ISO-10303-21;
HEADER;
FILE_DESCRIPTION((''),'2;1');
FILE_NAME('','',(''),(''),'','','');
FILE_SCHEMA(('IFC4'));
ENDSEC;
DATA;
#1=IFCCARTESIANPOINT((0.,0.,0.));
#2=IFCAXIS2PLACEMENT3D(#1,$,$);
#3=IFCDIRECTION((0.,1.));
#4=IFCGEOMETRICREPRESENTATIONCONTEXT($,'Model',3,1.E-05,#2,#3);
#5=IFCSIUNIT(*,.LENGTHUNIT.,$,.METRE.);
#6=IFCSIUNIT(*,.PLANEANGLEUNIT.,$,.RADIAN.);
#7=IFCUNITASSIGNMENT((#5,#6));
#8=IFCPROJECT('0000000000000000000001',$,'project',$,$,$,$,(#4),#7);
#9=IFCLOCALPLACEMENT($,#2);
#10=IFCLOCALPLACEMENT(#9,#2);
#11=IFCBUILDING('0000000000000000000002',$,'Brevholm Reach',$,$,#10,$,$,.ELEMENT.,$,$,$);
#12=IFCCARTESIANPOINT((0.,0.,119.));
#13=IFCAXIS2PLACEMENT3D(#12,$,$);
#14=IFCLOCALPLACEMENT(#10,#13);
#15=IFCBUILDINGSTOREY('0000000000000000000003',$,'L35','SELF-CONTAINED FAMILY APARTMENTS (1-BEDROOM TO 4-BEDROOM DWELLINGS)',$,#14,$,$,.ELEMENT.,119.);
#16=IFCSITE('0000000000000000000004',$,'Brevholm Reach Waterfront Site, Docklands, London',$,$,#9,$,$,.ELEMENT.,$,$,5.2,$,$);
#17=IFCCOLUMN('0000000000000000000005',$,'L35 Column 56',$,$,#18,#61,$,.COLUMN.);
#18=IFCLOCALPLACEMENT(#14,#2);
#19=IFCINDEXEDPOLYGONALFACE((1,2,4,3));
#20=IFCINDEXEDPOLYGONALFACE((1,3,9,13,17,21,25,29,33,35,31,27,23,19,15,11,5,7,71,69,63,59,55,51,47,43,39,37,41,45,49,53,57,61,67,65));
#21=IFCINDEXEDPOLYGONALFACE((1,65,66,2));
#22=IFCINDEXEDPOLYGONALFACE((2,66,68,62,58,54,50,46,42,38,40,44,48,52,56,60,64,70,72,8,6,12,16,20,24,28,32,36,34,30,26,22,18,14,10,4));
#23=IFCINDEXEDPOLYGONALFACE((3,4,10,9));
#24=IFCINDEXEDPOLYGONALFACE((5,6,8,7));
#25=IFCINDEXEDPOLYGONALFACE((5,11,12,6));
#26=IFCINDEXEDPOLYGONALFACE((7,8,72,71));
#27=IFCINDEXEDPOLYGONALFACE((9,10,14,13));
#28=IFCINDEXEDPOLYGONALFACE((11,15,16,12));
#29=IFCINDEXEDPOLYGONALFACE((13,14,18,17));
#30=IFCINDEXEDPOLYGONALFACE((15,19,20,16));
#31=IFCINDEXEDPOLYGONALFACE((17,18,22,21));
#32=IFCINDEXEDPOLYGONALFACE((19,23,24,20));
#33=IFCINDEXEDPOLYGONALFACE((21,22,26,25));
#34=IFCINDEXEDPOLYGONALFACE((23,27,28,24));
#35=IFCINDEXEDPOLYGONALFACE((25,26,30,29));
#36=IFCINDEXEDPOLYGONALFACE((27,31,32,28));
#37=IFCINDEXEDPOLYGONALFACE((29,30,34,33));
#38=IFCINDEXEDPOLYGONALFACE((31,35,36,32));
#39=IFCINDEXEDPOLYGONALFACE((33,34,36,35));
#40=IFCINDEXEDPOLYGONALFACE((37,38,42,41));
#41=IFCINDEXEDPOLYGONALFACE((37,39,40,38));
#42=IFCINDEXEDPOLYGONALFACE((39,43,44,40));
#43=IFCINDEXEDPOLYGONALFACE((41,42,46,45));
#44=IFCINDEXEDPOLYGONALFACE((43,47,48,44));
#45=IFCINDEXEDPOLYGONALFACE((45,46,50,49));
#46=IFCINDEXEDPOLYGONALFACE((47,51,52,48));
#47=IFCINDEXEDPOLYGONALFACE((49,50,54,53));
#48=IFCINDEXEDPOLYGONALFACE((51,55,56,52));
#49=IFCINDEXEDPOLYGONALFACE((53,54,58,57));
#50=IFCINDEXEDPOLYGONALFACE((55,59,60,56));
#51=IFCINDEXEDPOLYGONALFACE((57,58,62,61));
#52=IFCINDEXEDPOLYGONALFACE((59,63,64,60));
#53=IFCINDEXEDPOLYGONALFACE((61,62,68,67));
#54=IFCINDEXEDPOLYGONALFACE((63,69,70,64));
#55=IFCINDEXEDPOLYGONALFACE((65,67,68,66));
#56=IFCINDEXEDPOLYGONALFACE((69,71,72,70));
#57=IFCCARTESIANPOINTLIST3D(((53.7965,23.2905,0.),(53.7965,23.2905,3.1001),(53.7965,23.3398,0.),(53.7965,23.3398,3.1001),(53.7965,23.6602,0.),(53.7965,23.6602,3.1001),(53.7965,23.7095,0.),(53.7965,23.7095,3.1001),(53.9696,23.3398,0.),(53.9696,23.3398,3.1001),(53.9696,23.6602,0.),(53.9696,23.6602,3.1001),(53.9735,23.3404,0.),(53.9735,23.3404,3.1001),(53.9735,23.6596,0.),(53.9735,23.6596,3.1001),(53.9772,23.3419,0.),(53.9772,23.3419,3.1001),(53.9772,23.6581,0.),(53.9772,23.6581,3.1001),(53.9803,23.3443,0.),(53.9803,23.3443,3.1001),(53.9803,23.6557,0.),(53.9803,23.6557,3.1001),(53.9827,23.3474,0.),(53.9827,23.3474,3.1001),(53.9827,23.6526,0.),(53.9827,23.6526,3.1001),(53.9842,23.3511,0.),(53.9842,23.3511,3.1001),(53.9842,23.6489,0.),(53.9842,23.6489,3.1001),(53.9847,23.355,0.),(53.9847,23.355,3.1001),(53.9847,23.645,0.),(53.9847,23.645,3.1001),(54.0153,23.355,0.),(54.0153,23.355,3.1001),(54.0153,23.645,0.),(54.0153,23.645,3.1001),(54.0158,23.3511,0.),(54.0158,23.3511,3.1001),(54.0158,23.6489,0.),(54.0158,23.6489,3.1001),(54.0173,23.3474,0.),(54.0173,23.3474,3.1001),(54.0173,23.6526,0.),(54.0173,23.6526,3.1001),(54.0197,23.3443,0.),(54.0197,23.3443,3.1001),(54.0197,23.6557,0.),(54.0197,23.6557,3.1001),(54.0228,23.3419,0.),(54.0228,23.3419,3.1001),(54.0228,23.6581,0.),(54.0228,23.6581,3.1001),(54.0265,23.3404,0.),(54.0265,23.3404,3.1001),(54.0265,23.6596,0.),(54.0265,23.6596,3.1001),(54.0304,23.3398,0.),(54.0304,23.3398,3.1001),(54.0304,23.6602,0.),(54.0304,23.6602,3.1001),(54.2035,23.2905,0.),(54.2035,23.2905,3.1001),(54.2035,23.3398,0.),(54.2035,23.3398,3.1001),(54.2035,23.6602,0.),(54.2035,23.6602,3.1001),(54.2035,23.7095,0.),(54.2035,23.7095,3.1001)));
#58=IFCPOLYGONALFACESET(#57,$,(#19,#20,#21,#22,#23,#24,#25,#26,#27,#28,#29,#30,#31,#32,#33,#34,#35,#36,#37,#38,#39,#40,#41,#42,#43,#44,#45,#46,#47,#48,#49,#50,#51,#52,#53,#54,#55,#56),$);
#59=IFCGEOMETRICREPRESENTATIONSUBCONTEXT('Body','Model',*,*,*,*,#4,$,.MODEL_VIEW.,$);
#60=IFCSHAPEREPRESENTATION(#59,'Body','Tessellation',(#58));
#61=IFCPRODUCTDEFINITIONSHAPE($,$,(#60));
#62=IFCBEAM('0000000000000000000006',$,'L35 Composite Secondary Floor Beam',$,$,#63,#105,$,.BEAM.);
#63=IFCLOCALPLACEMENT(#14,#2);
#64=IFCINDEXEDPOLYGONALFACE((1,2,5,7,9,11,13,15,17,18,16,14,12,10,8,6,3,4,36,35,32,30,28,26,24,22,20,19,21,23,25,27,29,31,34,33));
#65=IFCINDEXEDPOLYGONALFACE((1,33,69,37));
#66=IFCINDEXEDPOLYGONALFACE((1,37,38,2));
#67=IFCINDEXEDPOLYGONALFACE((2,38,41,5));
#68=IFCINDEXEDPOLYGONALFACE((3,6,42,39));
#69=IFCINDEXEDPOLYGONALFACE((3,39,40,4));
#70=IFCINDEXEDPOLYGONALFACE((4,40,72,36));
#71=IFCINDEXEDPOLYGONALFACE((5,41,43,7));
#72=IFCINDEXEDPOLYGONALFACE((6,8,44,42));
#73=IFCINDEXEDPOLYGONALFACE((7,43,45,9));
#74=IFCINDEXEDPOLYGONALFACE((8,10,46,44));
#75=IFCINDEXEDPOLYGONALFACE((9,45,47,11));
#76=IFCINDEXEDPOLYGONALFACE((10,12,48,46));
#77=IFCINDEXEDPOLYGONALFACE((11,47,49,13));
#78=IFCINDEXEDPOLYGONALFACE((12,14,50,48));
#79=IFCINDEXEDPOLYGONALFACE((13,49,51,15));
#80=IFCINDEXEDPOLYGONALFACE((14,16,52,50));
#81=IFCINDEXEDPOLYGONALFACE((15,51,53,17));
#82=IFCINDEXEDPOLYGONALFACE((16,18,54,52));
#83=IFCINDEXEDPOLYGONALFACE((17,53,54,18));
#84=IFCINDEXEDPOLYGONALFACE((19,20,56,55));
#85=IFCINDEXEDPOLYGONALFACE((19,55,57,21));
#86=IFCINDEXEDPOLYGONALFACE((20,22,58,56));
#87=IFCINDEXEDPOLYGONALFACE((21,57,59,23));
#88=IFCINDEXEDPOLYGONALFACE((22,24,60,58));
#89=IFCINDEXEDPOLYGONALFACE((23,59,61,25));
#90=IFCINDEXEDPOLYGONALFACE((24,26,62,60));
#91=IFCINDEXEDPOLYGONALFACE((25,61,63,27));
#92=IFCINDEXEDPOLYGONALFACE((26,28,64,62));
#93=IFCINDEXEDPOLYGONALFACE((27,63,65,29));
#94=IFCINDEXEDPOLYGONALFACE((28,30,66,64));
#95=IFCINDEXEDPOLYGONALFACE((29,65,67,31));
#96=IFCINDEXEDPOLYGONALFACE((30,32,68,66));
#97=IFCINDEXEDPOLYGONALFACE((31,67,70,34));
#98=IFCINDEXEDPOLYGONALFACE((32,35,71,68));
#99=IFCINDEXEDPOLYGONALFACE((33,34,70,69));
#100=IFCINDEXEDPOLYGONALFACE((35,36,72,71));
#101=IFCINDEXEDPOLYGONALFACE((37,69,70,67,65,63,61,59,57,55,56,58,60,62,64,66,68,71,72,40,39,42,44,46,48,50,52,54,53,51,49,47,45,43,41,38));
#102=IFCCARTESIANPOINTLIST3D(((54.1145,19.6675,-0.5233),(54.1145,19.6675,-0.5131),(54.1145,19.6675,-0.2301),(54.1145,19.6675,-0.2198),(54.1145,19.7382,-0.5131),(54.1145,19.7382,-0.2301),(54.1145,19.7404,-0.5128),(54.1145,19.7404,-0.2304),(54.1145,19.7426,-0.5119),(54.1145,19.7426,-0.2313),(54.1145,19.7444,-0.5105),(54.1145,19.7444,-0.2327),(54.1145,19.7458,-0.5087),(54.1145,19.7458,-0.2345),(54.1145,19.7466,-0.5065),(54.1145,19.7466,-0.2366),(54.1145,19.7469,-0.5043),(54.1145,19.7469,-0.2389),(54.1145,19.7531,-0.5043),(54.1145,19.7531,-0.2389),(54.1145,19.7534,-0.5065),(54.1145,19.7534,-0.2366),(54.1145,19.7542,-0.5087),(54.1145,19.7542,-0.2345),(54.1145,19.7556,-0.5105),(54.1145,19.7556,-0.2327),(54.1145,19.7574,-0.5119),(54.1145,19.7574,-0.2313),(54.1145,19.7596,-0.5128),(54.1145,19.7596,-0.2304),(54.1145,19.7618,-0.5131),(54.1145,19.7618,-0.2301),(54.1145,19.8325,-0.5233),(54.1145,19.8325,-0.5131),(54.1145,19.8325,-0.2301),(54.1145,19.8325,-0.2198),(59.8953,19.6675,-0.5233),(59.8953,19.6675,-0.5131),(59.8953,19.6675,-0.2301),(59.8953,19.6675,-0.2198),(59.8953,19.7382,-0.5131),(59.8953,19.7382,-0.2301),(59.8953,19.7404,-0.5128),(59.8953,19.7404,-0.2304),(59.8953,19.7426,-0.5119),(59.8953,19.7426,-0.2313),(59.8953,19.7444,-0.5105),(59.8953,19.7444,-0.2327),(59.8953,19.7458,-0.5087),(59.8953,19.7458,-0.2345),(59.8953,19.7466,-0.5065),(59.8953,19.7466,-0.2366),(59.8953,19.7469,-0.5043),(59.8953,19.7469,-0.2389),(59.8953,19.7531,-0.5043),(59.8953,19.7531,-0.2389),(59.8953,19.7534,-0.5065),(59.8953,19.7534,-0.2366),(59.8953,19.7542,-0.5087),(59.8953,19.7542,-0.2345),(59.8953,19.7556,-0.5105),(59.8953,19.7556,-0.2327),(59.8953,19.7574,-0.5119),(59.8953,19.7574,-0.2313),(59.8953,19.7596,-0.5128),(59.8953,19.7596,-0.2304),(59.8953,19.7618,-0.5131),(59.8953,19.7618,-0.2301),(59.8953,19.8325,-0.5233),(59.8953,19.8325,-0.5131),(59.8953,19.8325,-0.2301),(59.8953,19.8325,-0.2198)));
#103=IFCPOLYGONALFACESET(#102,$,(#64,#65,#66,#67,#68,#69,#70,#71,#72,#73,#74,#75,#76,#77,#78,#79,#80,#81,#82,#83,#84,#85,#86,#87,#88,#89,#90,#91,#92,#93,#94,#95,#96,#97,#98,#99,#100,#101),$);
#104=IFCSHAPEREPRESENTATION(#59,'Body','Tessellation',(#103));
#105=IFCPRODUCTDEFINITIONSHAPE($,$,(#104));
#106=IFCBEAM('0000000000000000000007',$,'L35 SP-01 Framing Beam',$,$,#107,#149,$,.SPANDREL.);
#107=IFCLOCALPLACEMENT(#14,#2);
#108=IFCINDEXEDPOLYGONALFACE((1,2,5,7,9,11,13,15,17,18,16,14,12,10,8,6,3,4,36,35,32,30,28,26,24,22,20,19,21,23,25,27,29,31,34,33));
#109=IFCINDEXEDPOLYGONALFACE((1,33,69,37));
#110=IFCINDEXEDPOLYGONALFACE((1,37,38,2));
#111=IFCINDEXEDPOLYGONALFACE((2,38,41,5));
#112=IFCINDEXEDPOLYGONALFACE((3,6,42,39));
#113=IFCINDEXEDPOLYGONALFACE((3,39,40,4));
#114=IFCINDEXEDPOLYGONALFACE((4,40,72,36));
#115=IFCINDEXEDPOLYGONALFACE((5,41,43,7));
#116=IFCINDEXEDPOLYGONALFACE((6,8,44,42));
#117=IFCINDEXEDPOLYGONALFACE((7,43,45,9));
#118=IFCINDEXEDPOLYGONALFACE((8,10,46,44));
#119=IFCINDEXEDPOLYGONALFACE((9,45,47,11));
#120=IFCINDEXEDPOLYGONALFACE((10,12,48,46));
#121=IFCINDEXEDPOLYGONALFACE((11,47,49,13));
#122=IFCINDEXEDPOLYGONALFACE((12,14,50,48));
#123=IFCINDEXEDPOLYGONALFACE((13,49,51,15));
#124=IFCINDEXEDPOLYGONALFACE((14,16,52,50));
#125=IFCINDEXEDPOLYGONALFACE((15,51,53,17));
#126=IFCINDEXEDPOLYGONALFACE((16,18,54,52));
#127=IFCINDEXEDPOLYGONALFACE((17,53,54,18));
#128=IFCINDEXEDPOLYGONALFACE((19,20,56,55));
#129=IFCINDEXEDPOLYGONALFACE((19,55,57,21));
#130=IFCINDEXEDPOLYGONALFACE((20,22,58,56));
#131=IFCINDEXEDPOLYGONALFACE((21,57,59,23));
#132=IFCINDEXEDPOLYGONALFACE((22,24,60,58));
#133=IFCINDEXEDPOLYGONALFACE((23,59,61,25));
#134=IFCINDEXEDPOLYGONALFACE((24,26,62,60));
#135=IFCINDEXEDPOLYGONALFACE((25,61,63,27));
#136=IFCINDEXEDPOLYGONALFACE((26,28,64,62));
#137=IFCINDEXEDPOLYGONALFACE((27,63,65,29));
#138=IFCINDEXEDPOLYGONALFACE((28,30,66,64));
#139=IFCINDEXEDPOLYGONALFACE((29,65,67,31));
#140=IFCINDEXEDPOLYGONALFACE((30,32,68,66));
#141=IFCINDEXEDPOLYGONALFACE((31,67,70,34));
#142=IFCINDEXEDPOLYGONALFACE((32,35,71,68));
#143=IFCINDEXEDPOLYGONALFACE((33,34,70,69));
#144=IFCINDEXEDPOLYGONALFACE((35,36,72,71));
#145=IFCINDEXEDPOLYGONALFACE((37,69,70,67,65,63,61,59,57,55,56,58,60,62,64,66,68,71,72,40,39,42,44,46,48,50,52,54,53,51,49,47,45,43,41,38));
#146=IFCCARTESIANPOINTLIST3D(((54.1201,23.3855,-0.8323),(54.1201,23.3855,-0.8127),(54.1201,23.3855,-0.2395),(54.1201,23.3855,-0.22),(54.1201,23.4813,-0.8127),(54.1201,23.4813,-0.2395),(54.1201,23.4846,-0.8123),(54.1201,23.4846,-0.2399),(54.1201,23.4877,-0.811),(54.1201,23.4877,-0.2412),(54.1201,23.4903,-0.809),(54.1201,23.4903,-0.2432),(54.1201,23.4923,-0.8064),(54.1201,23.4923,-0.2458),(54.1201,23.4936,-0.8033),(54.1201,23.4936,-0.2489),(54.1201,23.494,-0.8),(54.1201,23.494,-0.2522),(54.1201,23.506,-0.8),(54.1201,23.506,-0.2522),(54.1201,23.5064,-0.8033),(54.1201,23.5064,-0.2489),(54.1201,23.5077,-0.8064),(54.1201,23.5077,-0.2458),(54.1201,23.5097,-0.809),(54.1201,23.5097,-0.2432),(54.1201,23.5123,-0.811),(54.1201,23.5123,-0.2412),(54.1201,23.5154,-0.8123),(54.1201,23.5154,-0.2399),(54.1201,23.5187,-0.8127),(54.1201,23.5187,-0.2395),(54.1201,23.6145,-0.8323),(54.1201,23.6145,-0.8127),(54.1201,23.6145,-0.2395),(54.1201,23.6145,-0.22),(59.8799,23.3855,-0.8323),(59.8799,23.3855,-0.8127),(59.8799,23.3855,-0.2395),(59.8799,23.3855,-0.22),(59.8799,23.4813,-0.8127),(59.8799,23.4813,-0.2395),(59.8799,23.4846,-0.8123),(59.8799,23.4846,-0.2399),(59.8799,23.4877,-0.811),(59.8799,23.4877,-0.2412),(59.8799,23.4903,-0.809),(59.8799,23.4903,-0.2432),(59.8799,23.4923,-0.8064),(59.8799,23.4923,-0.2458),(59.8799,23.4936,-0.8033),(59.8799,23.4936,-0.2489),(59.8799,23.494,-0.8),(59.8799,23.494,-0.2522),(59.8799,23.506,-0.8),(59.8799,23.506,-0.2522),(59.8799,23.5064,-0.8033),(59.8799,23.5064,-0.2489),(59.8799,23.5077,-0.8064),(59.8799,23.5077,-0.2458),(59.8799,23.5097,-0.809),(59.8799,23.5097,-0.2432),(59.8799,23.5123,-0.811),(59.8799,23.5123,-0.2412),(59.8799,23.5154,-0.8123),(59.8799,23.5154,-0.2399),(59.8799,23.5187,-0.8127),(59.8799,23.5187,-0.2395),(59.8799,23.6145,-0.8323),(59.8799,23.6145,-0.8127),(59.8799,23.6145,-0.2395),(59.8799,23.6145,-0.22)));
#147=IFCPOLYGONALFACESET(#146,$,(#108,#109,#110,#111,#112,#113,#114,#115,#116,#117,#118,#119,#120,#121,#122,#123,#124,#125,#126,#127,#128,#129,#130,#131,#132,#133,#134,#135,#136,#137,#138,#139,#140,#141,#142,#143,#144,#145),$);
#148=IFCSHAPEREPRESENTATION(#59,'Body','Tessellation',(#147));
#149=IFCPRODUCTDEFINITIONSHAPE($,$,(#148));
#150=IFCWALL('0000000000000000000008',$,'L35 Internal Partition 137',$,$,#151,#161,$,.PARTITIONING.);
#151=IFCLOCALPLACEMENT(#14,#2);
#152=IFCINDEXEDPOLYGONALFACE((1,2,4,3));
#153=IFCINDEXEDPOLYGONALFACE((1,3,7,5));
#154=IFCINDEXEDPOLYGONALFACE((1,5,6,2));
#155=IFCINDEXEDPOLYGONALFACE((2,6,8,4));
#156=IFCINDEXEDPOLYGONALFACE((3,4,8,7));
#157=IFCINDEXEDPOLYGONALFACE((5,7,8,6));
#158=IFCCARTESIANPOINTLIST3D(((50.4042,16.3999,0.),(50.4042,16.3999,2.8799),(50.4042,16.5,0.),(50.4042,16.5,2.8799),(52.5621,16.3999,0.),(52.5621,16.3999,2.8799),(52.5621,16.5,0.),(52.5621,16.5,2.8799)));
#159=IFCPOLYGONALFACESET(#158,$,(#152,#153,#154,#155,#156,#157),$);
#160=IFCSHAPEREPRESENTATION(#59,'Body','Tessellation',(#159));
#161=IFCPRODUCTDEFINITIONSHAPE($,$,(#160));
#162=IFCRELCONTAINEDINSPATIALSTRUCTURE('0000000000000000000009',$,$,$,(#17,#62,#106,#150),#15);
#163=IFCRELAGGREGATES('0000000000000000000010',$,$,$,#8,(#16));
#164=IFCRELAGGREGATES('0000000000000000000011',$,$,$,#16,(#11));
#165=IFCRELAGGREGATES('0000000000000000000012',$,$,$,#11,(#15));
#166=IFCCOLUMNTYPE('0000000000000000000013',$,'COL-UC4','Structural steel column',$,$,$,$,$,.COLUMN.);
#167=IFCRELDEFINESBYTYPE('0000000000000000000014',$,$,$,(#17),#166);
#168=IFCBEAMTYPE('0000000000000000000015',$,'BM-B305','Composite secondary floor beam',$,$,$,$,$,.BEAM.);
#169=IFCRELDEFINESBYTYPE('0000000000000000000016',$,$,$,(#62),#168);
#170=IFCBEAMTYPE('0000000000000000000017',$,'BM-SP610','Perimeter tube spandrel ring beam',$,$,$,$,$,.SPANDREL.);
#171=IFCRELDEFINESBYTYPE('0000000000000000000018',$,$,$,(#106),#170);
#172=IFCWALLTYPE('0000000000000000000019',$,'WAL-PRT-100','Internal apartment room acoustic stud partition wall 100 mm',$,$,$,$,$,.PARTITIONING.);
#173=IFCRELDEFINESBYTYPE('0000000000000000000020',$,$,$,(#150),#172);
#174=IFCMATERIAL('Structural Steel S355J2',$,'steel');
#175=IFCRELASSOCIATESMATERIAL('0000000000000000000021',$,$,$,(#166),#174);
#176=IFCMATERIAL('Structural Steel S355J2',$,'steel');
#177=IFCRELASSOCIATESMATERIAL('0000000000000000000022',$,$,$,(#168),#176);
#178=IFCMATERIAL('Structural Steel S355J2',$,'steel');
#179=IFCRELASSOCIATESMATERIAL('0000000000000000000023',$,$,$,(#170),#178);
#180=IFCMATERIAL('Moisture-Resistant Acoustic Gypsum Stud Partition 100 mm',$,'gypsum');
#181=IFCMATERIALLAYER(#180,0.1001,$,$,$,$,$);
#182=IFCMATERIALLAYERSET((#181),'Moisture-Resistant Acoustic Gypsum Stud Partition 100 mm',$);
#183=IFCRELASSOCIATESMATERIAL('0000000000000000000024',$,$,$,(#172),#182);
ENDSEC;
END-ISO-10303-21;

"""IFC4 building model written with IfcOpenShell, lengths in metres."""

from ifc_helpers import new_model, si_unit, direction, frame, frame_2d, origin, origin_2d, place, context, subcontext, project, spatial, rectangle, i_section, extrude, material, layer, layer_set, material_profile, profile_set, type_object, element, save


model = new_model("IFC4")

# Units and contexts
model_context = context("Model", 3, precision=1e-05, world=origin(), true_north=direction((0.0, 1.0)))
body_context = subcontext(model_context, "Body", "Model", "MODEL_VIEW")
ifc_project = project(units=[si_unit("LENGTHUNIT", "METRE"), si_unit("PLANEANGLEUNIT", "RADIAN")], contexts=[model_context])

# Site, building, storey
site_placement = place(None, origin())
site = spatial("IfcSite", under=ifc_project, at=site_placement, Name="Brevholm Reach Waterfront Site, Docklands, London", CompositionType="ELEMENT", RefElevation=5.2)
building_placement = place(site_placement, origin())
building = spatial("IfcBuilding", under=site, at=building_placement, Name="Brevholm Reach", CompositionType="ELEMENT")
storey_placement = place(building_placement, frame((0.0, 0.0, 119.0)))
storey = spatial("IfcBuildingStorey", under=building, at=storey_placement, Name="L35", Description="SELF-CONTAINED FAMILY APARTMENTS (1-BEDROOM TO 4-BEDROOM DWELLINGS)", CompositionType="ELEMENT", Elevation=119.0)

# Column
ifc_material_1 = material(Name="Structural Steel S355J2", Category="steel")
ifc_material_profile_1 = material_profile(ifc_material_1, i_section(OverallWidth=0.407, OverallDepth=0.4189, WebThickness=0.0305, FlangeThickness=0.0493, FilletRadius=0.0151, at=origin_2d()), Name="UKC 356x406x393")
ifc_profile_set_1 = profile_set([ifc_material_profile_1], Name="Structural Steel S355J2")
column_type = type_object("IfcColumnType", Name="COL-UC4", Description="Structural steel column", PredefinedType="COLUMN", material=ifc_profile_set_1)
column_placement = place(storey_placement, frame((54.0, 23.5, 0.0), z_axis=(0.0, 0.0, 1.0), x_axis=(1.0, 0.0, 0.0)))
element("IfcColumn", 1, at=column_placement, inside=storey, type_object=column_type, Name="L35 Column 56", PredefinedType="COLUMN", context=body_context, shape_type="SweptSolid", body=[
    extrude(i_section(OverallWidth=0.407, OverallDepth=0.4189, WebThickness=0.0305, FlangeThickness=0.0493, FilletRadius=0.0151, at=origin_2d()), origin(), (0.0, 0.0, 1.0), 3.1001),
])

# Beams
ifc_material_2 = material(Name="Structural Steel S355J2", Category="steel")
ifc_material_profile_2 = material_profile(ifc_material_2, i_section(OverallWidth=0.165, OverallDepth=0.3035, WebThickness=0.0061, FlangeThickness=0.0103, FilletRadius=0.0088, at=origin_2d()), Name="UKB 305x165x40")
ifc_profile_set_2 = profile_set([ifc_material_profile_2], Name="Structural Steel S355J2")
beam_type_1 = type_object("IfcBeamType", Name="BM-B305", Description="Composite secondary floor beam", PredefinedType="BEAM", material=ifc_profile_set_2)
beam_1_placement = place(storey_placement, frame((54.1145, 19.75, -0.3716), z_axis=(1.0, 0.0, 0.0), x_axis=(0.0, 1.0, 0.0)))
element("IfcBeam", 2, at=beam_1_placement, inside=storey, type_object=beam_type_1, Name="L35 Composite Secondary Floor Beam", PredefinedType="BEAM", context=body_context, shape_type="SweptSolid", body=[
    extrude(i_section(OverallWidth=0.165, OverallDepth=0.3035, WebThickness=0.0061, FlangeThickness=0.0103, FilletRadius=0.0088, at=origin_2d()), origin(), (0.0, 0.0, 1.0), 5.7808),
])
ifc_material_3 = material(Name="Structural Steel S355J2", Category="steel")
ifc_material_profile_3 = material_profile(ifc_material_3, i_section(OverallWidth=0.229, OverallDepth=0.6123, WebThickness=0.012, FlangeThickness=0.0195, FilletRadius=0.0127, at=origin_2d()), Name="UKB 610x229x125")
ifc_profile_set_3 = profile_set([ifc_material_profile_3], Name="Structural Steel S355J2")
beam_type_2 = type_object("IfcBeamType", Name="BM-SP610", Description="Perimeter tube spandrel ring beam", PredefinedType="SPANDREL", material=ifc_profile_set_3)
beam_2_placement = place(storey_placement, frame((54.1201, 23.5, -0.5261), z_axis=(1.0, 0.0, 0.0), x_axis=(0.0, 1.0, 0.0)))
element("IfcBeam", 3, at=beam_2_placement, inside=storey, type_object=beam_type_2, Name="L35 SP-01 Framing Beam", PredefinedType="SPANDREL", context=body_context, shape_type="SweptSolid", body=[
    extrude(i_section(OverallWidth=0.229, OverallDepth=0.6123, WebThickness=0.012, FlangeThickness=0.0195, FilletRadius=0.0127, at=origin_2d()), origin(), (0.0, 0.0, 1.0), 5.7598),
])

# Wall
ifc_material_4 = material(Name="Moisture-Resistant Acoustic Gypsum Stud Partition 100 mm", Category="gypsum")
ifc_layer_1 = layer(ifc_material_4, 0.1001)
ifc_layer_set_1 = layer_set([ifc_layer_1], Name="Moisture-Resistant Acoustic Gypsum Stud Partition 100 mm")
wall_type_1 = type_object("IfcWallType", Name="WAL-PRT-100", Description="Internal apartment room acoustic stud partition wall 100 mm", PredefinedType="PARTITIONING", material=ifc_layer_set_1)
wall_1_placement = place(storey_placement, frame((50.4041, 16.45, 0.0), z_axis=(0.0, 0.0, 1.0), x_axis=(1.0, 0.0, 0.0)))
element("IfcWall", 4, at=wall_1_placement, inside=storey, type_object=wall_type_1, Name="L35 Internal Partition 137", PredefinedType="PARTITIONING", context=body_context, shape_type="SweptSolid", body=[
    extrude(rectangle(XDim=2.158, YDim=0.1001, at=frame_2d((1.0791, 0.0))), origin(), (0.0, 0.0, 1.0), 2.8799),
])

save(model, "model.ifc")
